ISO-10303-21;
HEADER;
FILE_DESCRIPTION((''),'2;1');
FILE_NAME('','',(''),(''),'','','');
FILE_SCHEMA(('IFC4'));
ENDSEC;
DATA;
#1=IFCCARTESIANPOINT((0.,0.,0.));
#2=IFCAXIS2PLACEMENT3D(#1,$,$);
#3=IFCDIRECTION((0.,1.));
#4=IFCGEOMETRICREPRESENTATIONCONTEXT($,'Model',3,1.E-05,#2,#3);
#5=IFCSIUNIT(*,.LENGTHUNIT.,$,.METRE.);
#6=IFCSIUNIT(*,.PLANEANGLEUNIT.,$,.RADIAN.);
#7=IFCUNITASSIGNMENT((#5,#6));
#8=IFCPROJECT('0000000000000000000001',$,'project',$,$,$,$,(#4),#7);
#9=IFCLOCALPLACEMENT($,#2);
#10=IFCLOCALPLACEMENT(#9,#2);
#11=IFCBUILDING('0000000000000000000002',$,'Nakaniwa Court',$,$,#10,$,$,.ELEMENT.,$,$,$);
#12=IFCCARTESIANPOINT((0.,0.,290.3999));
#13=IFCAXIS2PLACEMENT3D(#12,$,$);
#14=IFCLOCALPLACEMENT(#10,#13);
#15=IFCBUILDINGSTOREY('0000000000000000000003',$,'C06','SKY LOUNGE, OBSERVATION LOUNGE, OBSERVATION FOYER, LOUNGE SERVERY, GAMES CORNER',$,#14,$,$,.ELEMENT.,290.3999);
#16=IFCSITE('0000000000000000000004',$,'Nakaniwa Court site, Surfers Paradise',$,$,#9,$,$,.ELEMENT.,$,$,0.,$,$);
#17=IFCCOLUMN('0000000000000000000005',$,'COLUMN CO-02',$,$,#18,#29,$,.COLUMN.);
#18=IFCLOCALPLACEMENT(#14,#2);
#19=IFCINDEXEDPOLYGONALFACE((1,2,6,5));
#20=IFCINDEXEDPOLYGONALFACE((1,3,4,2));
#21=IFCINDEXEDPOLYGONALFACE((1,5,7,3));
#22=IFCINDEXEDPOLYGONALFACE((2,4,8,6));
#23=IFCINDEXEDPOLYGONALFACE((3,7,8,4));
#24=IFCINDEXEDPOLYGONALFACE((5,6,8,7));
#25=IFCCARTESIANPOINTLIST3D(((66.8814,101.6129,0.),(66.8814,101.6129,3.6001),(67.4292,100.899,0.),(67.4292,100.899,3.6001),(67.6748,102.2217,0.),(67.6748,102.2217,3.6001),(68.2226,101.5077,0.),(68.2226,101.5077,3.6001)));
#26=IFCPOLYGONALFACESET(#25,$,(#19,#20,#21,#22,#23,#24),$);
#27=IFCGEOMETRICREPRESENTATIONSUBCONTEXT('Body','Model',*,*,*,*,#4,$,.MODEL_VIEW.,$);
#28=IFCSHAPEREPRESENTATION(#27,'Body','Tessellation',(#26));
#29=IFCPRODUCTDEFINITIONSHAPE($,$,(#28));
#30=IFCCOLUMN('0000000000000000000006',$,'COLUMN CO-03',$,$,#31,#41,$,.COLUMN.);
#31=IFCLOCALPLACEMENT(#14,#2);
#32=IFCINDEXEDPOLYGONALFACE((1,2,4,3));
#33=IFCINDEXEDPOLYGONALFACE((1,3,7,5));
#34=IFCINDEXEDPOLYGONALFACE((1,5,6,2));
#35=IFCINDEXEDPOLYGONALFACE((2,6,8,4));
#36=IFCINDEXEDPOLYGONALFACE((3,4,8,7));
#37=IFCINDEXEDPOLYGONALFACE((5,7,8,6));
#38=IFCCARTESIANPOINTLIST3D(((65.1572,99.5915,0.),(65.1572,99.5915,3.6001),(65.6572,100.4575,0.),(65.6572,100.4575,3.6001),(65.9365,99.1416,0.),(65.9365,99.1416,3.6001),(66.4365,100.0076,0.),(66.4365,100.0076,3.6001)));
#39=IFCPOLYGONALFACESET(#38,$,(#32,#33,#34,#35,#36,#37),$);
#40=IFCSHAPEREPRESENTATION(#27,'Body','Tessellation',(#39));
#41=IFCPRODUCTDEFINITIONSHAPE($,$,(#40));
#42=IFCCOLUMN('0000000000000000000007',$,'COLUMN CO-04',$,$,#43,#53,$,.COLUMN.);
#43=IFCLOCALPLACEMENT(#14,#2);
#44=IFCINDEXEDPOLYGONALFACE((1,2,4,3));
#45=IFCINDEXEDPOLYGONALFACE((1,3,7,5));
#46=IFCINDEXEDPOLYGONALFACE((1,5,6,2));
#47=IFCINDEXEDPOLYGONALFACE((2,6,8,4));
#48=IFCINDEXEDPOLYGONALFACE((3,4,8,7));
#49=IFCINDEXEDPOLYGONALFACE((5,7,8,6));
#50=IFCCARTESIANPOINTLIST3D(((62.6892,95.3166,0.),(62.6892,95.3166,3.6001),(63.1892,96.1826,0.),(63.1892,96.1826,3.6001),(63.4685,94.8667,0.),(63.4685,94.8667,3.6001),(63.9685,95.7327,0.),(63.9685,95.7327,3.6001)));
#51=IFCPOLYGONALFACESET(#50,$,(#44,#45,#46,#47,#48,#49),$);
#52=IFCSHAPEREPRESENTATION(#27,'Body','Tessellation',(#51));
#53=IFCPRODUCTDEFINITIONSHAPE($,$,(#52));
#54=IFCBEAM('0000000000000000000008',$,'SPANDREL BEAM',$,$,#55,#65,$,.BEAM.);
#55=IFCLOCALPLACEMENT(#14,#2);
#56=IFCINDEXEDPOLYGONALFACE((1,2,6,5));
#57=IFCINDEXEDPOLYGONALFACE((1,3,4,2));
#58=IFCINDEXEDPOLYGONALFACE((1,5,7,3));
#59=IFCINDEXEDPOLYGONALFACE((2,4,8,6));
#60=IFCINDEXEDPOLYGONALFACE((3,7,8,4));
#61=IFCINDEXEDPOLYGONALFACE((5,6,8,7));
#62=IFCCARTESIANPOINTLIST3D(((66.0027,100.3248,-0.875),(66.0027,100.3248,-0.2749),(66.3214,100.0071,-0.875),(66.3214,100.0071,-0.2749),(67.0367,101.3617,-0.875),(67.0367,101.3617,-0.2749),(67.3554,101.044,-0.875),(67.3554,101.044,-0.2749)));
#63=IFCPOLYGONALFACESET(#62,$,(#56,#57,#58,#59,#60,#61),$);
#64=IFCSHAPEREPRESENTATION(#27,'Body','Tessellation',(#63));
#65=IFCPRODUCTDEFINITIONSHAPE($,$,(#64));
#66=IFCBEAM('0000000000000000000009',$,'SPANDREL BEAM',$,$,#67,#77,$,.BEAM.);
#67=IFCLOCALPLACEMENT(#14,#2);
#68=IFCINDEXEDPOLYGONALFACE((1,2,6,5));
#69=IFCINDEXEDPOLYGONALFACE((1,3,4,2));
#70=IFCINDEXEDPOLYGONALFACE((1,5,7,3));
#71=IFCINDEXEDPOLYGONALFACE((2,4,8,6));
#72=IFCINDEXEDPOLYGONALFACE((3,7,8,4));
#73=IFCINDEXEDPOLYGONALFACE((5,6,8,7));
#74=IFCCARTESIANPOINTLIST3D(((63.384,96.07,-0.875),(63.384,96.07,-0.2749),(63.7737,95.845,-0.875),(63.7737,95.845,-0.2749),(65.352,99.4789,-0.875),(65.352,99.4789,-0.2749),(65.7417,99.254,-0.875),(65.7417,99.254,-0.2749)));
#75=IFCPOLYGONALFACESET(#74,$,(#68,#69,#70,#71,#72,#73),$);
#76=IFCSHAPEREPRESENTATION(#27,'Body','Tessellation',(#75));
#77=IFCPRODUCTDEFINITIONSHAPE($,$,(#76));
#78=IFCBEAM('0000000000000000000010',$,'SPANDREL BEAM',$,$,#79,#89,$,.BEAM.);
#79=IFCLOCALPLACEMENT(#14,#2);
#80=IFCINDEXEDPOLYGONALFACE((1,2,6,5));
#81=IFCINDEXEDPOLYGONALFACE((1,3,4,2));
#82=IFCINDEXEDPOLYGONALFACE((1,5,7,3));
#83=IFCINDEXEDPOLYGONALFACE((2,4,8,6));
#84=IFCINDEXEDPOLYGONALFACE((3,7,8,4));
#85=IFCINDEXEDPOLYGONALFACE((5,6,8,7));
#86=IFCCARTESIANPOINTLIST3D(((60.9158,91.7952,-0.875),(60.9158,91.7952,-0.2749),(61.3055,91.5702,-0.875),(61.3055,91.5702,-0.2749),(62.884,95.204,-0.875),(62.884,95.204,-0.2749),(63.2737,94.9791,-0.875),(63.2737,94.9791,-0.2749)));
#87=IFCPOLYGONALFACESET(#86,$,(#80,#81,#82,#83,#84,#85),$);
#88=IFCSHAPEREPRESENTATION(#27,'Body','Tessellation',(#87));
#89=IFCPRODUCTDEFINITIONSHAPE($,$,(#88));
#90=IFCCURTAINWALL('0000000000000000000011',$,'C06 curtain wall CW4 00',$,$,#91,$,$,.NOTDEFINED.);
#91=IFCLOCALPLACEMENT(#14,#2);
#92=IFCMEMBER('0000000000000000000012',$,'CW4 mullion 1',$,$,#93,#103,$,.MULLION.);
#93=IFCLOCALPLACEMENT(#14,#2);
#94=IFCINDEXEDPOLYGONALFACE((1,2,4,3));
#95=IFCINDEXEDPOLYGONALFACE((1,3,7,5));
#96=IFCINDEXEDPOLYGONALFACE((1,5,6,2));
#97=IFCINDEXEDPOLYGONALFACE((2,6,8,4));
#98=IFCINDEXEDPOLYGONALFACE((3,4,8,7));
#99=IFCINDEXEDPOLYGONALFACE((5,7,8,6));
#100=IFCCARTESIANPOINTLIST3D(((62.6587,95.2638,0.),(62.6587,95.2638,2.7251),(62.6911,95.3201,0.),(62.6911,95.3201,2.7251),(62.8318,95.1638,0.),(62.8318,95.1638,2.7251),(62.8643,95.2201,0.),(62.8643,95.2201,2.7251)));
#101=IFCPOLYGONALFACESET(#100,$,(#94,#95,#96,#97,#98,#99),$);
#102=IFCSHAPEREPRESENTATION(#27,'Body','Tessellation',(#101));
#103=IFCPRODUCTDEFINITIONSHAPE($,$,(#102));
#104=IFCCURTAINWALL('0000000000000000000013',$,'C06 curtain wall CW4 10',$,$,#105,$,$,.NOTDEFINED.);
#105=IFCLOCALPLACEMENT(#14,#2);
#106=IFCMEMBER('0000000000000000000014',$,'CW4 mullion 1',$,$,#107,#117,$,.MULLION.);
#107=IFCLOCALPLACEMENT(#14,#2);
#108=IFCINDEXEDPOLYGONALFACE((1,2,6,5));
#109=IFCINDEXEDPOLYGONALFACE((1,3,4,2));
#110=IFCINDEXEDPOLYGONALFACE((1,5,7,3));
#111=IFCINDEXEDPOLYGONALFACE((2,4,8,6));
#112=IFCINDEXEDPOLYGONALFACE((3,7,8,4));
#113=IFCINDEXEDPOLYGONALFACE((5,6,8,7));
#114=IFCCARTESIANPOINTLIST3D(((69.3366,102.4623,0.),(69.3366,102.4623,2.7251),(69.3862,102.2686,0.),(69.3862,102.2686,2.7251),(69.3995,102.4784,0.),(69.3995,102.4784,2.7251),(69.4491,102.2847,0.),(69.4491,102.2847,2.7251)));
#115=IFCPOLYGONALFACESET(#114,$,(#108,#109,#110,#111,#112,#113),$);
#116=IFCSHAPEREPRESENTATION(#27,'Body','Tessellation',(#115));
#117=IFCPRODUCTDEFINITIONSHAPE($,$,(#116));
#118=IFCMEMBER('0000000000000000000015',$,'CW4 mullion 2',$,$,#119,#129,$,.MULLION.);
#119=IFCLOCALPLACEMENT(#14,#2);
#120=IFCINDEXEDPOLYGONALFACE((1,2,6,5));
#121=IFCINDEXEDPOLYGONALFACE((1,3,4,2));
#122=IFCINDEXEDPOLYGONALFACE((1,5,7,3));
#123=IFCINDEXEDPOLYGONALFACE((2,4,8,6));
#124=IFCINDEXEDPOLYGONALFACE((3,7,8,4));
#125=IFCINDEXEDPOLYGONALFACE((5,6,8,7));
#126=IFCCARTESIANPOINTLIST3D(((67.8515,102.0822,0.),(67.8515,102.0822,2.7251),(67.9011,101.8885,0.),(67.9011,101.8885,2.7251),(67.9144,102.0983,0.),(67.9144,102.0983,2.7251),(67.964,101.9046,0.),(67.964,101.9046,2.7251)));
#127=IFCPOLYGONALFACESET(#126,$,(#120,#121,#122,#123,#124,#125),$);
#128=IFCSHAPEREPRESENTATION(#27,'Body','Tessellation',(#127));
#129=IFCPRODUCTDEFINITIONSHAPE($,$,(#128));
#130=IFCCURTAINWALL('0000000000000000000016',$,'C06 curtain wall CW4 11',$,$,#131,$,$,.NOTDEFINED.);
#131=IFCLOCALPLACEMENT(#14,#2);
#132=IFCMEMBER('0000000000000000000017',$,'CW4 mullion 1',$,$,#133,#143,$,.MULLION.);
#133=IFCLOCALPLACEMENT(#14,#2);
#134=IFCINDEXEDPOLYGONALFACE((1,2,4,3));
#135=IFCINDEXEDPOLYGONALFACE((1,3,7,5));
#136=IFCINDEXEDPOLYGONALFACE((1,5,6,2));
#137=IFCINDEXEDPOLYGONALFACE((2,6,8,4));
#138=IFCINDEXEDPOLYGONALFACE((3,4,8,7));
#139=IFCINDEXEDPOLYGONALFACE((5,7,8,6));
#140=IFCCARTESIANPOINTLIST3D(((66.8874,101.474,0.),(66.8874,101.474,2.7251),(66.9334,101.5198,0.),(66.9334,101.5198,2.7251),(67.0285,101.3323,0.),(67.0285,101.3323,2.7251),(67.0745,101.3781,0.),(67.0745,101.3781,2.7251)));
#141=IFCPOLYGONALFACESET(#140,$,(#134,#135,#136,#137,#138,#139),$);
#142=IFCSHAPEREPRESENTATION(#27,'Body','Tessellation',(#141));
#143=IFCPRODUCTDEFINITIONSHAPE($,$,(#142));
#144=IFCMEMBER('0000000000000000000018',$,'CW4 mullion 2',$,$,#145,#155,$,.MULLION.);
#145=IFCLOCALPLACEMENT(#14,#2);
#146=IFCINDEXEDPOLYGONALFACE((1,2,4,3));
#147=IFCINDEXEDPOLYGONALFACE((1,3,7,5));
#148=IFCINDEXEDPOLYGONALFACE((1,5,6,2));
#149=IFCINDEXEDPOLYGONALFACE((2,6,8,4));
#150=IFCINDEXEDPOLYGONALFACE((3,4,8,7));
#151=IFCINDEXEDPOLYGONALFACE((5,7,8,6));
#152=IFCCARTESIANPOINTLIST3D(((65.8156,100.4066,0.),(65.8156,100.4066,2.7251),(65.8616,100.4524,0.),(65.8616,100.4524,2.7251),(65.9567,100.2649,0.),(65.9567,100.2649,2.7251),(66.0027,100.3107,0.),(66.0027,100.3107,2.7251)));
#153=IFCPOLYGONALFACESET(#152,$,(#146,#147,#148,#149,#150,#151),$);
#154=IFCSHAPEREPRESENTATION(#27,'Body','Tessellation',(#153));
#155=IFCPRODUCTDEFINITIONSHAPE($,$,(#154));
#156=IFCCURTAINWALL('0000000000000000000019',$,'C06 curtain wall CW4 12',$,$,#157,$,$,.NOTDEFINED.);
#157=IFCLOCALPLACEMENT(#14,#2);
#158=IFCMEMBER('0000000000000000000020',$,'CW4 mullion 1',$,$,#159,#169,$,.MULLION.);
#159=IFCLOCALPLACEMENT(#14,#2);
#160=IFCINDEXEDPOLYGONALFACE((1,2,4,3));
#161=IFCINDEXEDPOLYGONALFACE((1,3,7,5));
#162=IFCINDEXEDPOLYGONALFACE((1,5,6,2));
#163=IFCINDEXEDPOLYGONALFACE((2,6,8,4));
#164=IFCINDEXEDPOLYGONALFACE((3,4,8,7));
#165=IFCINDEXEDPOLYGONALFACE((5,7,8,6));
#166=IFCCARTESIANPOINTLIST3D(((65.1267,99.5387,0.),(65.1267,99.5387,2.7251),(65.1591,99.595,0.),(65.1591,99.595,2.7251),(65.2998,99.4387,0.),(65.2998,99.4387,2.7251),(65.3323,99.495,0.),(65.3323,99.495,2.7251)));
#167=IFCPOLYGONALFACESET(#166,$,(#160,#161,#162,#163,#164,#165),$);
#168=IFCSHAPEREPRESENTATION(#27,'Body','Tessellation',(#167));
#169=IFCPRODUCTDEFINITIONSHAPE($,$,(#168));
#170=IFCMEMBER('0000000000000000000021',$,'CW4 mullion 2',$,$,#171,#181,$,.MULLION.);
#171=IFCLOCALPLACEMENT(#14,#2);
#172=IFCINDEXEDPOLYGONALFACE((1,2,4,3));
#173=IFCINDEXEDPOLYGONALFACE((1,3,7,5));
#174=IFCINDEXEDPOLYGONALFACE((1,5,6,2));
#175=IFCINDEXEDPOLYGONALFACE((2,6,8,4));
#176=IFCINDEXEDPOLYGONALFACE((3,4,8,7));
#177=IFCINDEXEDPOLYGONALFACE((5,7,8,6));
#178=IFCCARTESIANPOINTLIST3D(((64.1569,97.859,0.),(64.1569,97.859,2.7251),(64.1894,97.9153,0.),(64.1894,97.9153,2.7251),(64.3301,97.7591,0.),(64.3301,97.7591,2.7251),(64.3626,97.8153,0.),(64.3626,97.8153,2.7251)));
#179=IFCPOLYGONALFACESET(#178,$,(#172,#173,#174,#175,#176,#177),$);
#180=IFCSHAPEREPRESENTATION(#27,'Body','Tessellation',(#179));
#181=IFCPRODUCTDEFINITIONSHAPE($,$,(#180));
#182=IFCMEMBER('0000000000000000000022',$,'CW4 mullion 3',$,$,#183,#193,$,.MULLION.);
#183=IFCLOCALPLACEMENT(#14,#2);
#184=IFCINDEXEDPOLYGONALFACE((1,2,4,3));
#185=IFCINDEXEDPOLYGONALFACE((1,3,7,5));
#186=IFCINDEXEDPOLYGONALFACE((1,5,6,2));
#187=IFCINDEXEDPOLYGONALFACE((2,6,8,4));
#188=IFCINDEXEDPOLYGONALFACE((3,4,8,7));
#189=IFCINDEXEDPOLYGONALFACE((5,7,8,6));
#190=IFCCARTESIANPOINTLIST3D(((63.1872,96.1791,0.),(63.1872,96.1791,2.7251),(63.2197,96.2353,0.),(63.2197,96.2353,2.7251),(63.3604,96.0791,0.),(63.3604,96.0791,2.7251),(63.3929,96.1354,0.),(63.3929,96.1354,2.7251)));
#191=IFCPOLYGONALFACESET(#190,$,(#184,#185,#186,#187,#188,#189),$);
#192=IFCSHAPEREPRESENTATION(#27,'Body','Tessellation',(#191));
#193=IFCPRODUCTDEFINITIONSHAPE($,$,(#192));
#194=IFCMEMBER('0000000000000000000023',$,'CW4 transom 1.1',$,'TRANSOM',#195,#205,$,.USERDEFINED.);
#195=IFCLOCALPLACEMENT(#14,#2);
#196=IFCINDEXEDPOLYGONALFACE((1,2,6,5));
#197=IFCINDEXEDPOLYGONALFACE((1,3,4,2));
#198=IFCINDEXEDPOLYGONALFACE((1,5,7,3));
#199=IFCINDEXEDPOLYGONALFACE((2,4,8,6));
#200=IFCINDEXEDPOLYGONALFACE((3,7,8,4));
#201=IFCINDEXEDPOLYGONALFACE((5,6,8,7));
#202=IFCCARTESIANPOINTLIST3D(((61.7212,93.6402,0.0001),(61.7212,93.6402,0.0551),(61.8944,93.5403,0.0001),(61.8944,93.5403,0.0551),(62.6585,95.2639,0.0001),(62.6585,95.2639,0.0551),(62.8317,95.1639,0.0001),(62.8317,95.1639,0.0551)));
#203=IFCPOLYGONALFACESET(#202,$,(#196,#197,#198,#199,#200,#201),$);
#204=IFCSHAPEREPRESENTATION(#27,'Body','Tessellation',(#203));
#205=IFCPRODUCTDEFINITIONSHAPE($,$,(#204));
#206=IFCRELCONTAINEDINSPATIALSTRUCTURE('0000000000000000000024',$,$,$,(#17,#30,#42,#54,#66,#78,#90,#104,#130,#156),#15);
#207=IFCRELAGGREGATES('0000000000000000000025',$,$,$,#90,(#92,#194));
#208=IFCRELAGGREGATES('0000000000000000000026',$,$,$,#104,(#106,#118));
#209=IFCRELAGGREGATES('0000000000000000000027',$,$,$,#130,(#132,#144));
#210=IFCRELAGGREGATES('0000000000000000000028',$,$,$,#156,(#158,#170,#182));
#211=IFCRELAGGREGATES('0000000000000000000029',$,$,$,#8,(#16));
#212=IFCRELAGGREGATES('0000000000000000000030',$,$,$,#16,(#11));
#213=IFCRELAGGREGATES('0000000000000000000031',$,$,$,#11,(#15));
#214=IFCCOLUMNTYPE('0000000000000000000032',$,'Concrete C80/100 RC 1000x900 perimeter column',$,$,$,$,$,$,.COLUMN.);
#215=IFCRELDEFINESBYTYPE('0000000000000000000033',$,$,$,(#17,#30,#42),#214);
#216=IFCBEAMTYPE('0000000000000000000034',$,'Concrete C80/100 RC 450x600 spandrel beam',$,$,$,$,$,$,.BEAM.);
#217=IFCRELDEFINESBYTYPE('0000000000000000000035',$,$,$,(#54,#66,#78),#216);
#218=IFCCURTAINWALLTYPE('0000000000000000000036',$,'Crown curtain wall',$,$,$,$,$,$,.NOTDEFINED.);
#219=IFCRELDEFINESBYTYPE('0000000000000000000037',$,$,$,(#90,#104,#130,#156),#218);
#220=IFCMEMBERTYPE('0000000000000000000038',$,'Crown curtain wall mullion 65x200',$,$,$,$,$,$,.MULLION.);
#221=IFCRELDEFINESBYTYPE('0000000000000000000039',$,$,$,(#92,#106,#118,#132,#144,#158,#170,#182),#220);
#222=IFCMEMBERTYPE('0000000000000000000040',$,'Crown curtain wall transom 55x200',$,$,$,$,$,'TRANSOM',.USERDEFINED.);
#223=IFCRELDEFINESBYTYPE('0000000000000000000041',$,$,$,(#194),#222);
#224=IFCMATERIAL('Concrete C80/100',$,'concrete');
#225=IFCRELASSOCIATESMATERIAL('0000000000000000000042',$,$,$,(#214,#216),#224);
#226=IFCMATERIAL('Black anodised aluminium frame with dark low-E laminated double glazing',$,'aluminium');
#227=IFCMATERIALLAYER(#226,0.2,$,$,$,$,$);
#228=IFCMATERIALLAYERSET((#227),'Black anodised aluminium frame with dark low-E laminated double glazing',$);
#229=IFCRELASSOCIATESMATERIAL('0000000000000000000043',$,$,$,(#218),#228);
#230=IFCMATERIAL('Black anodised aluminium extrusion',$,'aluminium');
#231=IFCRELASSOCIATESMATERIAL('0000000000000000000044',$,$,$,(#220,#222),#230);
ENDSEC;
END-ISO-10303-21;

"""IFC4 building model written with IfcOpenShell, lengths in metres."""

from ifc_helpers import new_model, si_unit, direction, frame, origin, origin_2d, place, context, subcontext, project, spatial, rectangle, extrude, material, layer, layer_set, material_profile, profile_set, type_object, element, aggregate, save


model = new_model("IFC4")

# Units and contexts
model_context = context("Model", 3, precision=1e-05, world=origin(), true_north=direction((0.0, 1.0)))
body_context = subcontext(model_context, "Body", "Model", "MODEL_VIEW")
ifc_project = project(units=[si_unit("LENGTHUNIT", "METRE"), si_unit("PLANEANGLEUNIT", "RADIAN")], contexts=[model_context])

# Site, building, storey
site_placement = place(None, origin())
site = spatial("IfcSite", under=ifc_project, at=site_placement, Name="Nakaniwa Court site, Surfers Paradise", CompositionType="ELEMENT", RefElevation=0.0)
building_placement = place(site_placement, origin())
building = spatial("IfcBuilding", under=site, at=building_placement, Name="Nakaniwa Court", CompositionType="ELEMENT")
storey_placement = place(building_placement, frame((0.0, 0.0, 290.3999)))
storey = spatial("IfcBuildingStorey", under=building, at=storey_placement, Name="C06", Description="SKY LOUNGE, OBSERVATION LOUNGE, OBSERVATION FOYER, LOUNGE SERVERY, GAMES CORNER", CompositionType="ELEMENT", Elevation=290.3999)

# Columns
ifc_material_1 = material(Name="Concrete C80/100", Category="concrete")
ifc_material_profile_1 = material_profile(ifc_material_1, rectangle(XDim=1.0, YDim=0.8999, at=origin_2d()), Name="Concrete C80/100 RC 1000x900 perimeter column")
ifc_profile_set_1 = profile_set([ifc_material_profile_1], Name="Concrete C80/100")
column_type = type_object("IfcColumnType", Name="Concrete C80/100 RC 1000x900 perimeter column", PredefinedType="COLUMN", material=ifc_profile_set_1)
for number, where, z_axis, x_axis, name in (
    (1, (67.552, 101.5603, 0.0), (0.0, 0.0, 1.0), (-0.793364, -0.608748, 0.0), "COLUMN CO-02"),
    (2, (65.7969, 99.7996, 0.0), (0.0, 0.0, 1.0), (-0.5, -0.866025, 0.0), "COLUMN CO-03"),
    (3, (63.3289, 95.5247, 0.0), (0.0, 0.0, 1.0), (-0.5, -0.866025, 0.0), "COLUMN CO-04"),
):
    element("IfcColumn", number, at=place(storey_placement, frame(where, z_axis=z_axis, x_axis=x_axis)), inside=storey, type_object=column_type, Name=name, PredefinedType="COLUMN", context=body_context, shape_type="SweptSolid", body=[
        extrude(rectangle(XDim=1.0, YDim=0.8999, at=origin_2d()), origin(), (0.0, 0.0, 1.0), 3.6001),
    ])

# Beams
ifc_material_profile_2 = material_profile(ifc_material_1, rectangle(XDim=0.45, YDim=0.6001, at=origin_2d()), Name="Concrete C80/100 RC 450x600 spandrel beam")
ifc_profile_set_2 = profile_set([ifc_material_profile_2], Name="Concrete C80/100")
beam_type = type_object("IfcBeamType", Name="Concrete C80/100 RC 450x600 spandrel beam", PredefinedType="BEAM", material=ifc_profile_set_2)
beam_placement = place(storey_placement, frame((67.196, 101.2029, -0.575), z_axis=(-0.706106, -0.708106, 0.0), x_axis=(0.708106, -0.706106, 0.0)))
element("IfcBeam", 4, at=beam_placement, inside=storey, type_object=beam_type, Name="SPANDREL BEAM", PredefinedType="BEAM", context=body_context, shape_type="SweptSolid", body=[
    extrude(rectangle(XDim=0.45, YDim=0.6001, at=origin_2d()), origin(), (0.0, 0.0, 1.0), 1.4644),
])
for number, where, z_axis, x_axis, name in (
    (5, (65.5469, 99.3665, -0.575), (-0.499975, -0.86604, 0.0), (0.86604, -0.499975, 0.0), "SPANDREL BEAM"),
    (6, (63.0789, 95.0916, -0.575), (-0.500021, -0.866013, 0.0), (0.866013, -0.500021, 0.0), "SPANDREL BEAM"),
):
    element("IfcBeam", number, at=place(storey_placement, frame(where, z_axis=z_axis, x_axis=x_axis)), inside=storey, type_object=beam_type, Name=name, PredefinedType="BEAM", context=body_context, shape_type="SweptSolid", body=[
        extrude(rectangle(XDim=0.45, YDim=0.6001, at=origin_2d()), origin(), (0.0, 0.0, 1.0), 3.9363),
    ])

# Curtain wall, member
ifc_material_2 = material(Name="Black anodised aluminium frame with dark low-E laminated double glazing", Category="aluminium")
ifc_layer_1 = layer(ifc_material_2, 0.2)
ifc_layer_set_1 = layer_set([ifc_layer_1], Name="Black anodised aluminium frame with dark low-E laminated double glazing")
curtain_wall_type = type_object("IfcCurtainWallType", Name="Crown curtain wall", PredefinedType="NOTDEFINED", material=ifc_layer_set_1)
curtain_wall_1_placement = place(storey_placement, origin())
curtain_wall_1 = element("IfcCurtainWall", 7, at=curtain_wall_1_placement, inside=storey, type_object=curtain_wall_type, Name="C06 curtain wall CW4 00", PredefinedType="NOTDEFINED")
ifc_material_3 = material(Name="Black anodised aluminium extrusion", Category="aluminium")
ifc_material_profile_3 = material_profile(ifc_material_3, rectangle(XDim=0.2, YDim=0.0649, at=origin_2d()), Name="Crown curtain wall mullion 65x200")
ifc_profile_set_3 = profile_set([ifc_material_profile_3], Name="Black anodised aluminium extrusion")
member_type_1 = type_object("IfcMemberType", Name="Crown curtain wall mullion 65x200", PredefinedType="MULLION", material=ifc_profile_set_3)
member_1_placement = place(storey_placement, frame((62.7615, 95.2419, 0.0), z_axis=(0.0, 0.0, 1.0), x_axis=(0.866033, -0.499987, 0.0)))
member_1 = element("IfcMember", 8, at=member_1_placement, type_object=member_type_1, Name="CW4 mullion 1", PredefinedType="MULLION", context=body_context, shape_type="SweptSolid", body=[
    extrude(rectangle(XDim=0.2, YDim=0.0649, at=origin_2d()), origin(), (0.0, 0.0, 1.0), 2.7251),
])

# Curtain walls, members
curtain_wall_2_placement = place(storey_placement, origin())
curtain_wall_2 = element("IfcCurtainWall", 9, at=curtain_wall_2_placement, inside=storey, type_object=curtain_wall_type, Name="C06 curtain wall CW4 10", PredefinedType="NOTDEFINED")
member_2_placement = place(storey_placement, frame((69.3928, 102.3735, 0.0), z_axis=(0.0, 0.0, 1.0), x_axis=(0.248053, -0.968746, 0.0)))
member_2 = element("IfcMember", 10, at=member_2_placement, type_object=member_type_1, Name="CW4 mullion 1", PredefinedType="MULLION", context=body_context, shape_type="SweptSolid", body=[
    extrude(rectangle(XDim=0.2, YDim=0.0649, at=origin_2d()), origin(), (0.0, 0.0, 1.0), 2.7251),
])
member_3_placement = place(storey_placement, frame((67.9077, 101.9934, 0.0), z_axis=(0.0, 0.0, 1.0), x_axis=(0.248053, -0.968746, 0.0)))
member_3 = element("IfcMember", 11, at=member_3_placement, type_object=member_type_1, Name="CW4 mullion 2", PredefinedType="MULLION", context=body_context, shape_type="SweptSolid", body=[
    extrude(rectangle(XDim=0.2, YDim=0.0649, at=origin_2d()), origin(), (0.0, 0.0, 1.0), 2.7251),
])
curtain_wall_3_placement = place(storey_placement, origin())
curtain_wall_3 = element("IfcCurtainWall", 12, at=curtain_wall_3_placement, inside=storey, type_object=curtain_wall_type, Name="C06 curtain wall CW4 11", PredefinedType="NOTDEFINED")
member_4_placement = place(storey_placement, frame((66.981, 101.426, 0.0), z_axis=(0.0, 0.0, 1.0), x_axis=(0.705647, -0.708563, 0.0)))
member_4 = element("IfcMember", 13, at=member_4_placement, type_object=member_type_1, Name="CW4 mullion 1", PredefinedType="MULLION", context=body_context, shape_type="SweptSolid", body=[
    extrude(rectangle(XDim=0.2, YDim=0.0649, at=origin_2d()), origin(), (0.0, 0.0, 1.0), 2.7251),
])
member_5_placement = place(storey_placement, frame((65.9092, 100.3586, 0.0), z_axis=(0.0, 0.0, 1.0), x_axis=(0.705647, -0.708563, 0.0)))
member_5 = element("IfcMember", 14, at=member_5_placement, type_object=member_type_1, Name="CW4 mullion 2", PredefinedType="MULLION", context=body_context, shape_type="SweptSolid", body=[
    extrude(rectangle(XDim=0.2, YDim=0.0649, at=origin_2d()), origin(), (0.0, 0.0, 1.0), 2.7251),
])
curtain_wall_4_placement = place(storey_placement, origin())
curtain_wall_4 = element("IfcCurtainWall", 15, at=curtain_wall_4_placement, inside=storey, type_object=curtain_wall_type, Name="C06 curtain wall CW4 12", PredefinedType="NOTDEFINED")
member_6_placement = place(storey_placement, frame((65.2295, 99.5168, 0.0), z_axis=(0.0, 0.0, 1.0), x_axis=(0.866033, -0.499987, 0.0)))
member_6 = element("IfcMember", 16, at=member_6_placement, type_object=member_type_1, Name="CW4 mullion 1", PredefinedType="MULLION", context=body_context, shape_type="SweptSolid", body=[
    extrude(rectangle(XDim=0.2, YDim=0.0649, at=origin_2d()), origin(), (0.0, 0.0, 1.0), 2.7251),
])
member_7_placement = place(storey_placement, frame((64.2598, 97.8372, 0.0), z_axis=(0.0, 0.0, 1.0), x_axis=(0.866033, -0.499987, 0.0)))
member_7 = element("IfcMember", 17, at=member_7_placement, type_object=member_type_1, Name="CW4 mullion 2", PredefinedType="MULLION", context=body_context, shape_type="SweptSolid", body=[
    extrude(rectangle(XDim=0.2, YDim=0.0649, at=origin_2d()), origin(), (0.0, 0.0, 1.0), 2.7251),
])
member_8_placement = place(storey_placement, frame((63.29, 96.1572, 0.0), z_axis=(0.0, 0.0, 1.0), x_axis=(0.866033, -0.499987, 0.0)))
member_8 = element("IfcMember", 18, at=member_8_placement, type_object=member_type_1, Name="CW4 mullion 3", PredefinedType="MULLION", context=body_context, shape_type="SweptSolid", body=[
    extrude(rectangle(XDim=0.2, YDim=0.0649, at=origin_2d()), origin(), (0.0, 0.0, 1.0), 2.7251),
])

# Member
ifc_material_profile_4 = material_profile(ifc_material_3, rectangle(XDim=0.2, YDim=0.0549, at=origin_2d()), Name="Crown curtain wall transom 55x200")
ifc_profile_set_4 = profile_set([ifc_material_profile_4], Name="Black anodised aluminium extrusion")
member_type_2 = type_object("IfcMemberType", Name="Crown curtain wall transom 55x200", ElementType="TRANSOM", PredefinedType="USERDEFINED", material=ifc_profile_set_4)
member_9_placement = place(storey_placement, frame((62.7451, 95.2139, 0.0276), z_axis=(-0.499963, -0.866047, 0.0), x_axis=(0.866047, -0.499963, 0.0)))
member_9 = element("IfcMember", 19, at=member_9_placement, type_object=member_type_2, Name="CW4 transom 1.1", ObjectType="TRANSOM", PredefinedType="USERDEFINED", context=body_context, shape_type="SweptSolid", body=[
    extrude(rectangle(XDim=0.2, YDim=0.0549, at=origin_2d()), origin(), (0.0, 0.0, 1.0), 1.8748),
])

aggregate(curtain_wall_1, [member_1, member_9])
aggregate(curtain_wall_2, [member_2, member_3])
aggregate(curtain_wall_3, [member_4, member_5])
aggregate(curtain_wall_4, [member_6, member_7, member_8])

save(model, "model.ifc")
